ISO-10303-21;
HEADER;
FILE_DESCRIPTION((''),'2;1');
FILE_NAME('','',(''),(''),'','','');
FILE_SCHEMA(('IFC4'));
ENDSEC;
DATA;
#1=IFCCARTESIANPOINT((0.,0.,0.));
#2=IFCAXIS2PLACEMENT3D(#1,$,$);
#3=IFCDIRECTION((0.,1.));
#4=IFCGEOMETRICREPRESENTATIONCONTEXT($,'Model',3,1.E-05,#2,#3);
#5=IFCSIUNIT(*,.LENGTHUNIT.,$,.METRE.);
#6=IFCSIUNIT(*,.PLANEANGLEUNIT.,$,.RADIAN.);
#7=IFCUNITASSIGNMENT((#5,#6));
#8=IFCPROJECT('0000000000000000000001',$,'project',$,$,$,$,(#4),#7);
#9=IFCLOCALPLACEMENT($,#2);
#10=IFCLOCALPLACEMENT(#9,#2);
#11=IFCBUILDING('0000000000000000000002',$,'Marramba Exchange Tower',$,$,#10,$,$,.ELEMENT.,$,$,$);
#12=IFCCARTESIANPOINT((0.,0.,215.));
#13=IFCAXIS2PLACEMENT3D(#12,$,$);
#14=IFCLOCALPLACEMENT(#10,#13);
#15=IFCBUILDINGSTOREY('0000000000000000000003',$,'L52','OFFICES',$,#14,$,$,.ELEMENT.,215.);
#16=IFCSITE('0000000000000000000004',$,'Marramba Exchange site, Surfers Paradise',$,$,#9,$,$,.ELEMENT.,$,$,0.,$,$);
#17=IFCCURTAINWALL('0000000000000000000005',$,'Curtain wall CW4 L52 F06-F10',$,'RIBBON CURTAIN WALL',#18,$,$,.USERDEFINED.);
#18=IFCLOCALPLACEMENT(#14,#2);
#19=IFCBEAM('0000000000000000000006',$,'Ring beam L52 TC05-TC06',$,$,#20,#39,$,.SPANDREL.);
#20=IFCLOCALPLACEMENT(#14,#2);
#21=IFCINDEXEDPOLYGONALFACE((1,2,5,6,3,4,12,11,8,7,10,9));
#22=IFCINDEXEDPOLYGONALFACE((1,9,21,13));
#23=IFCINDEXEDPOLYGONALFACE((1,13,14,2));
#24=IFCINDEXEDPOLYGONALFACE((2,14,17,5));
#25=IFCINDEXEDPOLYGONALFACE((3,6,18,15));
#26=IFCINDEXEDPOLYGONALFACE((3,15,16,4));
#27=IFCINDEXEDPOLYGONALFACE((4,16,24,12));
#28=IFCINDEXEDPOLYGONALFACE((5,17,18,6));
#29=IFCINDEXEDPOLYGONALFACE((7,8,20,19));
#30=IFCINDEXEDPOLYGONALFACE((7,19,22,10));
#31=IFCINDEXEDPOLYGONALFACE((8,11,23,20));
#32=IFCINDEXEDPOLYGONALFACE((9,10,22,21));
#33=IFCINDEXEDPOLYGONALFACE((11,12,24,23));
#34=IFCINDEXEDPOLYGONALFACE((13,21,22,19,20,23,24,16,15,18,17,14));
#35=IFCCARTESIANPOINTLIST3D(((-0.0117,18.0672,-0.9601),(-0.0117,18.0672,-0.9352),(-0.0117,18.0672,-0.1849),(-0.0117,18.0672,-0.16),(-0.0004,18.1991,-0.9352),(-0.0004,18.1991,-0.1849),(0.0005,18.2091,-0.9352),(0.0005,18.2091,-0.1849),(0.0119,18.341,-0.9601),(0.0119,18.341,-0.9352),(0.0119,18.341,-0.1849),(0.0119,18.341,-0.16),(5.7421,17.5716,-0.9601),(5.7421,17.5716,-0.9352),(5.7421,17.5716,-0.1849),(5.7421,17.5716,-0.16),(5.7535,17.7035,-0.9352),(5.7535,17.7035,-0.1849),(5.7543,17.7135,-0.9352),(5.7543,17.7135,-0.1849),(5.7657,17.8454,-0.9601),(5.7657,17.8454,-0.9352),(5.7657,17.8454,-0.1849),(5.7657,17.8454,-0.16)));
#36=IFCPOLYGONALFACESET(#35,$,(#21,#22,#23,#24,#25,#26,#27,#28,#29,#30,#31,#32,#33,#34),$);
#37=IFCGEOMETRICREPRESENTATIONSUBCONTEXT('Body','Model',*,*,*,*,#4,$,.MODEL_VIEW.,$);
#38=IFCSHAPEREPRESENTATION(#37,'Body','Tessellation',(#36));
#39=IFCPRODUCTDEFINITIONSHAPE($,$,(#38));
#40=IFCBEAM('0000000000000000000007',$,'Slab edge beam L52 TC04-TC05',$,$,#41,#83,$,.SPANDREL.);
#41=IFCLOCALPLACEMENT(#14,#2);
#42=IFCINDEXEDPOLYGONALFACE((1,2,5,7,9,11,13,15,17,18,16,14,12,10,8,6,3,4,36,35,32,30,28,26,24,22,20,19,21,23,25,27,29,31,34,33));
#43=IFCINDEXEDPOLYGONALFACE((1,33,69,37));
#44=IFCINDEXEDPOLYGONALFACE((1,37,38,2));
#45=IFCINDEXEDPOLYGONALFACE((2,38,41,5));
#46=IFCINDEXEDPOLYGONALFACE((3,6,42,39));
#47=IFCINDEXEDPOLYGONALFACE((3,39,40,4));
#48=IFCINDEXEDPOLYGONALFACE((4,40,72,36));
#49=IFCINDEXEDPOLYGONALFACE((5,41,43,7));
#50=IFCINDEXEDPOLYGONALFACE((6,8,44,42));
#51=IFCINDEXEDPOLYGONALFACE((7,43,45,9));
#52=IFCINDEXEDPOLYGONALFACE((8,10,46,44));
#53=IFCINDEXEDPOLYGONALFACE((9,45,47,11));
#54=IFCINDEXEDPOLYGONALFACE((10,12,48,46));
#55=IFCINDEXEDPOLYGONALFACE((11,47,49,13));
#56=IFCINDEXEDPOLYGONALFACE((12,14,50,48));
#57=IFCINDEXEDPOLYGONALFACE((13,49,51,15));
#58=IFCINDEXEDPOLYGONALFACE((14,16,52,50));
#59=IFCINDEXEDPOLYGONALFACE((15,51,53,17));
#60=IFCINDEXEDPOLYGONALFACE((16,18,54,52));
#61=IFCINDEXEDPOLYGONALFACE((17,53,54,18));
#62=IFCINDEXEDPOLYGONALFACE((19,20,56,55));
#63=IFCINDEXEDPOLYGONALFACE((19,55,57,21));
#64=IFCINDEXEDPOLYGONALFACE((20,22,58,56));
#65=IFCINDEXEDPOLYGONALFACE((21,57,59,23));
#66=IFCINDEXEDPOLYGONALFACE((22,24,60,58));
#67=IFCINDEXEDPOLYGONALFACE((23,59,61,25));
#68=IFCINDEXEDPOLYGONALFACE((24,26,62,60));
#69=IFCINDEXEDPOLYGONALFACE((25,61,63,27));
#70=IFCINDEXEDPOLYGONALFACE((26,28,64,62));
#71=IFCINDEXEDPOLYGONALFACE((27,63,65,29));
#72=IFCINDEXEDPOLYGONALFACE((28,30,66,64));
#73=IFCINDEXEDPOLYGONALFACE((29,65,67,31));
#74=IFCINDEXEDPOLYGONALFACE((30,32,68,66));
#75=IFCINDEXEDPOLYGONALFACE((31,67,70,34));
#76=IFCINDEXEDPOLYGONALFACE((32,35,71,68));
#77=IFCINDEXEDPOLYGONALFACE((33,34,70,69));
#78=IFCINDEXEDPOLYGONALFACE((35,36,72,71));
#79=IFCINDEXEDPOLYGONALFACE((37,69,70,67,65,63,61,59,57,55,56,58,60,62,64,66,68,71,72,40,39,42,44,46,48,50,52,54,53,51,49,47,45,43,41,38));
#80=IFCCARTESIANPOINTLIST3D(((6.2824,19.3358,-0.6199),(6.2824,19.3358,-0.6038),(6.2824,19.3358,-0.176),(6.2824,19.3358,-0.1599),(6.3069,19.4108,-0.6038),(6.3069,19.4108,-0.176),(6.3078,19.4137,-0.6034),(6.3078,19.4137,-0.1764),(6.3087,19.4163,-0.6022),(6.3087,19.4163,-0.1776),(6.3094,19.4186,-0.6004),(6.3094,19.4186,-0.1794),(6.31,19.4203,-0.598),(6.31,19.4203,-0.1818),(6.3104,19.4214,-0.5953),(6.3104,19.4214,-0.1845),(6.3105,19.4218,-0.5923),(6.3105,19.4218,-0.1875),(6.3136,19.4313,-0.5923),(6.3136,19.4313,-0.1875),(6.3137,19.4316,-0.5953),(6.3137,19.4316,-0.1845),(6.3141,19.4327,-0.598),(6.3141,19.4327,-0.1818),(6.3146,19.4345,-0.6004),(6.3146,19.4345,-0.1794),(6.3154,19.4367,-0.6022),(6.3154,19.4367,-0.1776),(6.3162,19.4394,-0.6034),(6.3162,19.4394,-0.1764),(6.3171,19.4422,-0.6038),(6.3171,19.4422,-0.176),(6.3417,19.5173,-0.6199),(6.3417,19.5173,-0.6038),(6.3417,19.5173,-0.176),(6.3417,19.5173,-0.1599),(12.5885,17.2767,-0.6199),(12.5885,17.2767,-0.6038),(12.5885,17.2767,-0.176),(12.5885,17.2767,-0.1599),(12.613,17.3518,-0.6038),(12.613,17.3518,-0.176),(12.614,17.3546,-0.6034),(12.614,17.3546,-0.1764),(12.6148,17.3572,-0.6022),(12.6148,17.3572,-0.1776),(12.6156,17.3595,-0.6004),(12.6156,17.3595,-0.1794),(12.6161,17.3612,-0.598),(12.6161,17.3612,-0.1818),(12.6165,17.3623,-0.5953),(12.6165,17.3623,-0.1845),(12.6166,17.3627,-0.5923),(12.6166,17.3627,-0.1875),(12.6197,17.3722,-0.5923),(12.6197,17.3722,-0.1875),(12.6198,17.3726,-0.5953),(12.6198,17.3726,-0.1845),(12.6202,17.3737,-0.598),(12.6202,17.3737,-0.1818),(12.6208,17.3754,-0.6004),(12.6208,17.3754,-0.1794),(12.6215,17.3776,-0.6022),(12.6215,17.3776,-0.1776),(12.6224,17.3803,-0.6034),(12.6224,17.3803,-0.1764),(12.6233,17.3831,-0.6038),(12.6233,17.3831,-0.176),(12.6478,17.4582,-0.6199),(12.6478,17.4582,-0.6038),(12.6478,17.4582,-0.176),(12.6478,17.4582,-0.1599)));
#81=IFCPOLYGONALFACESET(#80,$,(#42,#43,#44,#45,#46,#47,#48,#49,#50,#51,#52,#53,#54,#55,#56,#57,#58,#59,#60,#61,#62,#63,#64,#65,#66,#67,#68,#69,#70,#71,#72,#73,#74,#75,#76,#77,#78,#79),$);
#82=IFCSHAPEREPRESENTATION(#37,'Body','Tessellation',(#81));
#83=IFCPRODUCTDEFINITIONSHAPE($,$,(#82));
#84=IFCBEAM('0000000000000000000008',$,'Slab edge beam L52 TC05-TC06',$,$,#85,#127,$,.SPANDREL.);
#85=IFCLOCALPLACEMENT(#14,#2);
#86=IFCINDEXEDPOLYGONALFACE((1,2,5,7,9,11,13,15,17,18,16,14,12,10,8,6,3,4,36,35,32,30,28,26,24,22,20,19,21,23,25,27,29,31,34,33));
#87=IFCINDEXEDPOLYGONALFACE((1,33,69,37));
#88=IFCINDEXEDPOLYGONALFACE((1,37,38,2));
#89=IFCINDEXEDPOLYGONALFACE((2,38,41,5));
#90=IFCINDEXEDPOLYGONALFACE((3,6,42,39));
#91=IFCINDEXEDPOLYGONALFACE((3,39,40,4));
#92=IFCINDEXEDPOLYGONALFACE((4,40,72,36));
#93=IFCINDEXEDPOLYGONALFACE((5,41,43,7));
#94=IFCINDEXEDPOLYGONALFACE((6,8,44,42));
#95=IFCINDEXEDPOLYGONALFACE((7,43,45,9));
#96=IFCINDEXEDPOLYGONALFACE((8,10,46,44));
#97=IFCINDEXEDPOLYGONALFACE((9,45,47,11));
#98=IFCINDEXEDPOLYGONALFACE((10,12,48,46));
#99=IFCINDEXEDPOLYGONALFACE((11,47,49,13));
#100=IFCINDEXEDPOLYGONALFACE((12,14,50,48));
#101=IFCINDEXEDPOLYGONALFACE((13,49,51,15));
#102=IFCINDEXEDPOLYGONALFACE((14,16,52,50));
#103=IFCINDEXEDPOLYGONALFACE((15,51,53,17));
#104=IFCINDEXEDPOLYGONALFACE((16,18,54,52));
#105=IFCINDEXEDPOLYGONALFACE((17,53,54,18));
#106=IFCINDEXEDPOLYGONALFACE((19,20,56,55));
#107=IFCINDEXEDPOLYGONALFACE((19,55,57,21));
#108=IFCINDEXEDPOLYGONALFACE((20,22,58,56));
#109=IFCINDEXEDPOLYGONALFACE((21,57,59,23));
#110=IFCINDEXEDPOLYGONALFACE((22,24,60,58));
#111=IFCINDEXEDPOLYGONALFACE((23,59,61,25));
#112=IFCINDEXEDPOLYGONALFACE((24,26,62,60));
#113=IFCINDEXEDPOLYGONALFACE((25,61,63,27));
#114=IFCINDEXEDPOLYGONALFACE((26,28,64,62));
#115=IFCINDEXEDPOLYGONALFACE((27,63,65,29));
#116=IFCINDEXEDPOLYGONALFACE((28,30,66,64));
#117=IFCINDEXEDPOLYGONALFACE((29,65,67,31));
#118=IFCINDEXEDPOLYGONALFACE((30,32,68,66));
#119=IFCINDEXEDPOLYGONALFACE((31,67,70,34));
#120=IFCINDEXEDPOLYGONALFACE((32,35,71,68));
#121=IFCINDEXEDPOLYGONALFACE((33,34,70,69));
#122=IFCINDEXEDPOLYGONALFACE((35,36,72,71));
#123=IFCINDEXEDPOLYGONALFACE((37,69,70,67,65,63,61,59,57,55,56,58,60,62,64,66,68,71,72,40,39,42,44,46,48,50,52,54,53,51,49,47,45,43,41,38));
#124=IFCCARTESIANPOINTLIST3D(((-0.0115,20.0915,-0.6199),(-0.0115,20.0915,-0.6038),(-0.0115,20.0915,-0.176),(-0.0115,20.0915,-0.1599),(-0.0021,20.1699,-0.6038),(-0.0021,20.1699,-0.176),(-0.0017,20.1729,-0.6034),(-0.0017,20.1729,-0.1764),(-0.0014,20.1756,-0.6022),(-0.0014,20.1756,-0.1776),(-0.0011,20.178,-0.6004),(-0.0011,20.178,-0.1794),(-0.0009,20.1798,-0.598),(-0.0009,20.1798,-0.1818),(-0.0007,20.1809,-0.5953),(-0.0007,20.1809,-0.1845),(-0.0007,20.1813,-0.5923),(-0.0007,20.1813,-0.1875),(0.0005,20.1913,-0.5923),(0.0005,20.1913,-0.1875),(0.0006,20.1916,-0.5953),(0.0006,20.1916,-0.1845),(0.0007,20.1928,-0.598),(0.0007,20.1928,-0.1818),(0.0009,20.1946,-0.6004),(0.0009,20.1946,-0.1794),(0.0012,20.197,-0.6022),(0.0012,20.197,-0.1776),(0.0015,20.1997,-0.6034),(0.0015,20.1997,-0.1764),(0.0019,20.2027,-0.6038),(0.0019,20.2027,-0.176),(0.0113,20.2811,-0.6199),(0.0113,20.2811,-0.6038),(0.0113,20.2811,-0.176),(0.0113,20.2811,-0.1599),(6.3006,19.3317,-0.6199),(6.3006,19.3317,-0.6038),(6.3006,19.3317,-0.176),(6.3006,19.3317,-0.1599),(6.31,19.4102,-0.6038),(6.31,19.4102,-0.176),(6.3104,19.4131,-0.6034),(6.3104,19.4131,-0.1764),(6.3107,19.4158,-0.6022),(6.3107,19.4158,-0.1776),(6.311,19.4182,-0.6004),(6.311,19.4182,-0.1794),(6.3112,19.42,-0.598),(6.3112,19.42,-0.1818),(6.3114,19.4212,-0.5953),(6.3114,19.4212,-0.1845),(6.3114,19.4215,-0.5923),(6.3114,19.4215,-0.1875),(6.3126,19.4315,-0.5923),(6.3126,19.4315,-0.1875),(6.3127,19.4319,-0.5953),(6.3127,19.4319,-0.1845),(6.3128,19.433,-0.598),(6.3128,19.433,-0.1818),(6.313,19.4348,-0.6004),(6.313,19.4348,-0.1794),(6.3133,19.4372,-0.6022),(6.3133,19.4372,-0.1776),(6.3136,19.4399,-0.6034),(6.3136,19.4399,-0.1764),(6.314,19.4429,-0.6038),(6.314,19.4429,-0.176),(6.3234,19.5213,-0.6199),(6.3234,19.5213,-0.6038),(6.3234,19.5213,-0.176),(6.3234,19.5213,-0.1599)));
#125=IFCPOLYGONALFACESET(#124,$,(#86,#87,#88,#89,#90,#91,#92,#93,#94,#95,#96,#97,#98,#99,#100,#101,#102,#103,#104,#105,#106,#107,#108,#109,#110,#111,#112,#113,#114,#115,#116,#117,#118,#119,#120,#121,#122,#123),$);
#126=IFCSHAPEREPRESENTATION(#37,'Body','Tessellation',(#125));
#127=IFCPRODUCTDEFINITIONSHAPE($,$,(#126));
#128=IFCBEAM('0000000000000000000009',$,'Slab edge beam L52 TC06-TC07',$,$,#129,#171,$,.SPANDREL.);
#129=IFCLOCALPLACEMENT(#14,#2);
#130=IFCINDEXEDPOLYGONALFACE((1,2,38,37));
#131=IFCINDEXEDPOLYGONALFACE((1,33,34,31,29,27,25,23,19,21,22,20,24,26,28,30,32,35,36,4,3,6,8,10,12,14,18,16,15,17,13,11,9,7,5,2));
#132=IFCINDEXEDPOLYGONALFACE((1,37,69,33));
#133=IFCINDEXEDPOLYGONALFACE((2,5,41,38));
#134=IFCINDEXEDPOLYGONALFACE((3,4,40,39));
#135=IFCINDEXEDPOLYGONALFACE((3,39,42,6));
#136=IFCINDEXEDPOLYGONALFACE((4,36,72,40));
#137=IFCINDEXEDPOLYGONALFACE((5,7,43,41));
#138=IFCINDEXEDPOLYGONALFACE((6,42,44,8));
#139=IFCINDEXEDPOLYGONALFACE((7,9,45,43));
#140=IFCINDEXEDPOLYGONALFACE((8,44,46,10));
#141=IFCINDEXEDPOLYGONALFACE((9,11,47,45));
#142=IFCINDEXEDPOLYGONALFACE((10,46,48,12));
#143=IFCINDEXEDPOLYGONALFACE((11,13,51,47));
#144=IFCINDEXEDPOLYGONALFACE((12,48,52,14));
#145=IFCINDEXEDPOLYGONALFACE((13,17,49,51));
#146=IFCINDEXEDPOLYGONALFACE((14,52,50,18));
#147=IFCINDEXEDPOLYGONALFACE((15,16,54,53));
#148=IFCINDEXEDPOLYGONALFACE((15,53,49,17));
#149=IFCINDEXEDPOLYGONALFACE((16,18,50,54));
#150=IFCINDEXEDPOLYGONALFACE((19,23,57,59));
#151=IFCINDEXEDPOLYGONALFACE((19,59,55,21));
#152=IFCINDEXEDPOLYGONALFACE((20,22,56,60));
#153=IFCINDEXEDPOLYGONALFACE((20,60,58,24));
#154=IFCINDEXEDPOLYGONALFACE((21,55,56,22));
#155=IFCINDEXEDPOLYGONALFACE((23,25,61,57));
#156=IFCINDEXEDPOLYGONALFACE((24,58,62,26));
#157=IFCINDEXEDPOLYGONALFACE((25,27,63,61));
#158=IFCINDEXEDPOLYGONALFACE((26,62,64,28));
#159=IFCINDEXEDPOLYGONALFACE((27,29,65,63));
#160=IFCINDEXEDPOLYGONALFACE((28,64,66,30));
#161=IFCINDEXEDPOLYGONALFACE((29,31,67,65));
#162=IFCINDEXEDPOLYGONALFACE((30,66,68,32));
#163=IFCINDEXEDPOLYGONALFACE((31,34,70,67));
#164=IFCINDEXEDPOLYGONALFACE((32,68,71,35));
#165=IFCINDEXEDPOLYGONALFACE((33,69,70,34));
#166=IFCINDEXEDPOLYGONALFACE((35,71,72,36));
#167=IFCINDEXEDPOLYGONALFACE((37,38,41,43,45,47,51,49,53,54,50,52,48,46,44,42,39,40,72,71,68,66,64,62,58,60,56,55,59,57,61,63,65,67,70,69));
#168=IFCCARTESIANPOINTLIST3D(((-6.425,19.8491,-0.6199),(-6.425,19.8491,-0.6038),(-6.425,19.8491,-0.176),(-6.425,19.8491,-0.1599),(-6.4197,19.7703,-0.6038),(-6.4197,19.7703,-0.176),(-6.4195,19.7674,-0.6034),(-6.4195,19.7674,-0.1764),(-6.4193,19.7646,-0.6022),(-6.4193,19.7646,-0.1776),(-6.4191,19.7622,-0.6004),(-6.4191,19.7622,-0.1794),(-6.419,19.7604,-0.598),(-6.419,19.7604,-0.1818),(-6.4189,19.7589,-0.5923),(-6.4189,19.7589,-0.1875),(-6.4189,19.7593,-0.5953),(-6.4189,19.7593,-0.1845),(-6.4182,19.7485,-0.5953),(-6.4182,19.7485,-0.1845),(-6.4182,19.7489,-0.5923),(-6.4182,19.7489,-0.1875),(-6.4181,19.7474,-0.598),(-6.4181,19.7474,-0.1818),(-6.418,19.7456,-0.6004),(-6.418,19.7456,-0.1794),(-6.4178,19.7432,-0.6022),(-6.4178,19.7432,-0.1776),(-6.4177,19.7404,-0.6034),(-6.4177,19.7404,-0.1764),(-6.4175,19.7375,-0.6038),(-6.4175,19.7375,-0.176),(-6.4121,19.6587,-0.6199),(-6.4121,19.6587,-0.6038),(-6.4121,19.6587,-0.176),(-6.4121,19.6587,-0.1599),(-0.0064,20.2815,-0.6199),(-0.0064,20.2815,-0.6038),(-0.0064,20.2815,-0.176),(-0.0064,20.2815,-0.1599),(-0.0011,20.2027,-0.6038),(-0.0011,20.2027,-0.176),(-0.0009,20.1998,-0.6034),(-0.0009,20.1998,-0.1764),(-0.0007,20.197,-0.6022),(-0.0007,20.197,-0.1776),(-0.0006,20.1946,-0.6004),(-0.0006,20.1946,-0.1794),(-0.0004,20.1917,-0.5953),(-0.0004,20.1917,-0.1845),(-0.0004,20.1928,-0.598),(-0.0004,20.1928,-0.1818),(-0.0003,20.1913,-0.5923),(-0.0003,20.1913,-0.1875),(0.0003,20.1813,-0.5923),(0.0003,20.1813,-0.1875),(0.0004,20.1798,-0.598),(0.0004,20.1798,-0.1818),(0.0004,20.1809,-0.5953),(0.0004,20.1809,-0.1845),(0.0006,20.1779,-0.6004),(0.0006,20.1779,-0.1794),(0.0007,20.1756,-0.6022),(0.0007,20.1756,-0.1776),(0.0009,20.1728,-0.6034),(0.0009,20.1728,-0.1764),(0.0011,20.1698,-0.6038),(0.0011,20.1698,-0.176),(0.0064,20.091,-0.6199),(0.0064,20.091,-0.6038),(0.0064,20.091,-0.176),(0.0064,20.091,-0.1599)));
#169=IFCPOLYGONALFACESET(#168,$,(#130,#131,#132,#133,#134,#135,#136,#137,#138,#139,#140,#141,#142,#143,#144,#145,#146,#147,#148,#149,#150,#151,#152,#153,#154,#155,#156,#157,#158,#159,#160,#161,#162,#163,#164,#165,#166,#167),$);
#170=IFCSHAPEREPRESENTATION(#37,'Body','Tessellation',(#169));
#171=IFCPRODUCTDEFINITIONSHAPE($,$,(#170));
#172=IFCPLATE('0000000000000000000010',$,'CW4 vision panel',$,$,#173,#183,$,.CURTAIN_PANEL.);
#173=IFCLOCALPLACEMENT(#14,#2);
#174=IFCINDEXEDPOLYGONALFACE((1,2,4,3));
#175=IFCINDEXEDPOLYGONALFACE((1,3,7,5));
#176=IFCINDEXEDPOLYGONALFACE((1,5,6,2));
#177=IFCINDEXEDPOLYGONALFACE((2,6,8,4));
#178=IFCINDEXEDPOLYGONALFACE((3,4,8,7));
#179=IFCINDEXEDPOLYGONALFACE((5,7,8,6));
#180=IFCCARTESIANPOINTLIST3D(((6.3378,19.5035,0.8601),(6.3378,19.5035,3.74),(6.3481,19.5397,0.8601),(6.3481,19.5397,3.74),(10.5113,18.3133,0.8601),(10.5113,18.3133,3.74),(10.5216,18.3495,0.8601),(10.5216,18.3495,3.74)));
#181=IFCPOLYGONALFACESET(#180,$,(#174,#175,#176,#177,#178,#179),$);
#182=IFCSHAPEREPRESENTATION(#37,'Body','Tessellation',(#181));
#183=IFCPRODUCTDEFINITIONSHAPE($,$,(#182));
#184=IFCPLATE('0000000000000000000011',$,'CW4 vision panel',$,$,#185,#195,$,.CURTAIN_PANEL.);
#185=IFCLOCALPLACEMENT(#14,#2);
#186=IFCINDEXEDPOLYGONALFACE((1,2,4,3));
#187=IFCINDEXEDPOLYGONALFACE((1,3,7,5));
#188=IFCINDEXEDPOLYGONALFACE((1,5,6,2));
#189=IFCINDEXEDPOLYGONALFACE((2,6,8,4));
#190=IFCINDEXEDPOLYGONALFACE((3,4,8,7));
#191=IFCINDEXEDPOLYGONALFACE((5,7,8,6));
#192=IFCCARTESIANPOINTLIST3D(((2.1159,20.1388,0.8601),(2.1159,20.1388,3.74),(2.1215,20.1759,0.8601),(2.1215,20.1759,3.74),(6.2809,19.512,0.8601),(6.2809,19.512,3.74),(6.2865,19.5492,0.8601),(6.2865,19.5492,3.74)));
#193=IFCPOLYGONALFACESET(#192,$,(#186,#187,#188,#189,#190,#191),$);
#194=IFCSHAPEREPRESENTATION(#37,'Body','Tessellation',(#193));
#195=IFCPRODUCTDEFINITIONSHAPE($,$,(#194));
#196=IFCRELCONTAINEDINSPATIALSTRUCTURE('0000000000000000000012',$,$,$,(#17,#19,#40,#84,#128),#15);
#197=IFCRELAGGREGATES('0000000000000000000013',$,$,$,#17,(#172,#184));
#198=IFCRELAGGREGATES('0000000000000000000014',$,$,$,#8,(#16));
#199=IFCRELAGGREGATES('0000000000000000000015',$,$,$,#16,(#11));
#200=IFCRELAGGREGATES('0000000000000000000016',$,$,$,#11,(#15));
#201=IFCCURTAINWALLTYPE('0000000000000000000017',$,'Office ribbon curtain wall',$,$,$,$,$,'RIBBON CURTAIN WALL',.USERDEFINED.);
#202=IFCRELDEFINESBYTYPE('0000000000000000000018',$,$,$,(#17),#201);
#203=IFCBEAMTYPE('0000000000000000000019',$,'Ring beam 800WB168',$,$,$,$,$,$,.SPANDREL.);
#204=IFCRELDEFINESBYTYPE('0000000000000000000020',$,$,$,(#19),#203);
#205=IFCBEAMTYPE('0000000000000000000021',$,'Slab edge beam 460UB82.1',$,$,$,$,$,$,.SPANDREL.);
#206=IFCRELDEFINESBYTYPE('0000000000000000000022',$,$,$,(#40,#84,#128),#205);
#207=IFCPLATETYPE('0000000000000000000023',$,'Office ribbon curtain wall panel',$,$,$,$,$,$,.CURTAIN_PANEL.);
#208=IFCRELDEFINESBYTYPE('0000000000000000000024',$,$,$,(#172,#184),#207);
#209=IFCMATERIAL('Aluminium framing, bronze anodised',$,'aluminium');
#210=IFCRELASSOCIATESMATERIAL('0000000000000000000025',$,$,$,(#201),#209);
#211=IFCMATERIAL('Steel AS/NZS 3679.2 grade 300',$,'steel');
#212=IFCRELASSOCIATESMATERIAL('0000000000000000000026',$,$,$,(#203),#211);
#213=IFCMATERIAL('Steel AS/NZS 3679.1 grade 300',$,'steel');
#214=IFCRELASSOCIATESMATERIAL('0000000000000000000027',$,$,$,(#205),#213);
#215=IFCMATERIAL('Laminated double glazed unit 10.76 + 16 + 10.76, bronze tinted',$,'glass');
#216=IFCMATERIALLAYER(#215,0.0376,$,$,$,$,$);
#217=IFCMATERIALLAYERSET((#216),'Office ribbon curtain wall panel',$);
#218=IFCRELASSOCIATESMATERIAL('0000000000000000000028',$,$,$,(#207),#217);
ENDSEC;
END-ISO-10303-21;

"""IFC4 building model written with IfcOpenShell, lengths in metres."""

from ifc_helpers import new_model, si_unit, direction, frame, origin, origin_2d, place, context, subcontext, project, spatial, rectangle, i_section, extrude, material, layer, layer_set, material_profile, profile_set, type_object, element, aggregate, save


model = new_model("IFC4")

# Units and contexts
model_context = context("Model", 3, precision=1e-05, world=origin(), true_north=direction((0.0, 1.0)))
body_context = subcontext(model_context, "Body", "Model", "MODEL_VIEW")
ifc_project = project(units=[si_unit("LENGTHUNIT", "METRE"), si_unit("PLANEANGLEUNIT", "RADIAN")], contexts=[model_context])

# Site, building, storey
site_placement = place(None, origin())
site = spatial("IfcSite", under=ifc_project, at=site_placement, Name="Marramba Exchange site, Surfers Paradise", CompositionType="ELEMENT", RefElevation=0.0)
building_placement = place(site_placement, origin())
building = spatial("IfcBuilding", under=site, at=building_placement, Name="Marramba Exchange Tower", CompositionType="ELEMENT")
storey_placement = place(building_placement, frame((0.0, 0.0, 215.0)))
storey = spatial("IfcBuildingStorey", under=building, at=storey_placement, Name="L52", Description="OFFICES", CompositionType="ELEMENT", Elevation=215.0)

# Shared definitions
ifc_material_1 = material(Name="Steel AS/NZS 3679.2 grade 300", Category="steel")

# Curtain wall
ifc_material_2 = material(Name="Aluminium framing, bronze anodised", Category="aluminium")
curtain_wall_type = type_object("IfcCurtainWallType", Name="Office ribbon curtain wall", ElementType="RIBBON CURTAIN WALL", PredefinedType="USERDEFINED", material=ifc_material_2)
curtain_wall_placement = place(storey_placement, origin())
curtain_wall = element("IfcCurtainWall", 1, at=curtain_wall_placement, inside=storey, type_object=curtain_wall_type, Name="Curtain wall CW4 L52 F06-F10", ObjectType="RIBBON CURTAIN WALL", PredefinedType="USERDEFINED")

# Beams
ifc_material_profile_1 = material_profile(ifc_material_1, i_section(OverallWidth=0.2749, OverallDepth=0.8, WebThickness=0.01, FlangeThickness=0.0249, at=origin_2d()), Name="800WB168")
ifc_profile_set_1 = profile_set([ifc_material_profile_1], Name="Steel AS/NZS 3679.2 grade 300")
beam_type_1 = type_object("IfcBeamType", Name="Ring beam 800WB168", PredefinedType="SPANDREL", material=ifc_profile_set_1)
beam_1_placement = place(storey_placement, frame((5.7539, 17.7085, -0.5601), z_axis=(-0.996311, 0.085816, 0.0), x_axis=(-0.085816, -0.996311, 0.0)))
element("IfcBeam", 2, at=beam_1_placement, inside=storey, type_object=beam_type_1, Name="Ring beam L52 TC05-TC06", PredefinedType="SPANDREL", context=body_context, shape_type="SweptSolid", body=[
    extrude(i_section(OverallWidth=0.2749, OverallDepth=0.8, WebThickness=0.01, FlangeThickness=0.0249, at=origin_2d()), origin(), (0.0, 0.0, 1.0), 5.7751),
])
ifc_material_3 = material(Name="Steel AS/NZS 3679.1 grade 300", Category="steel")
ifc_material_profile_2 = material_profile(ifc_material_3, i_section(OverallWidth=0.1909, OverallDepth=0.46, WebThickness=0.01, FlangeThickness=0.0161, FilletRadius=0.0115, at=origin_2d()), Name="460UB82.1")
ifc_profile_set_2 = profile_set([ifc_material_profile_2], Name="Steel AS/NZS 3679.1 grade 300")
beam_type_2 = type_object("IfcBeamType", Name="Slab edge beam 460UB82.1", PredefinedType="SPANDREL", material=ifc_profile_set_2)
beam_2_placement = place(storey_placement, frame((12.6182, 17.3674, -0.3899), z_axis=(-0.950609, 0.310392, 0.0), x_axis=(-0.310392, -0.950609, 0.0)))
element("IfcBeam", 3, at=beam_2_placement, inside=storey, type_object=beam_type_2, Name="Slab edge beam L52 TC04-TC05", PredefinedType="SPANDREL", context=body_context, shape_type="SweptSolid", body=[
    extrude(i_section(OverallWidth=0.1909, OverallDepth=0.46, WebThickness=0.01, FlangeThickness=0.0161, FilletRadius=0.0115, at=origin_2d()), origin(), (0.0, 0.0, 1.0), 6.6338),
])
beam_3_placement = place(storey_placement, frame((6.312, 19.4265, -0.3899), z_axis=(-0.992834, 0.119506, 0.0), x_axis=(-0.119506, -0.992834, 0.0)))
element("IfcBeam", 4, at=beam_3_placement, inside=storey, type_object=beam_type_2, Name="Slab edge beam L52 TC05-TC06", PredefinedType="SPANDREL", context=body_context, shape_type="SweptSolid", body=[
    extrude(i_section(OverallWidth=0.1909, OverallDepth=0.46, WebThickness=0.01, FlangeThickness=0.0161, FilletRadius=0.0115, at=origin_2d()), origin(), (0.0, 0.0, 1.0), 6.3577),
])
beam_4_placement = place(storey_placement, frame((0.0, 20.1863, -0.3899), z_axis=(-0.997739, -0.067212, 0.0), x_axis=(0.067212, -0.997739, 0.0)))
element("IfcBeam", 5, at=beam_4_placement, inside=storey, type_object=beam_type_2, Name="Slab edge beam L52 TC06-TC07", PredefinedType="SPANDREL", context=body_context, shape_type="SweptSolid", body=[
    extrude(i_section(OverallWidth=0.1909, OverallDepth=0.46, WebThickness=0.01, FlangeThickness=0.0161, FilletRadius=0.0115, at=origin_2d()), origin(), (0.0, 0.0, 1.0), 6.4331),
])

# Plates
ifc_material_4 = material(Name="Laminated double glazed unit 10.76 + 16 + 10.76, bronze tinted", Category="glass")
ifc_layer_1 = layer(ifc_material_4, 0.0376)
ifc_layer_set_1 = layer_set([ifc_layer_1], Name="Office ribbon curtain wall panel")
plate_type = type_object("IfcPlateType", Name="Office ribbon curtain wall panel", PredefinedType="CURTAIN_PANEL", material=ifc_layer_set_1)
plate_1_placement = place(storey_placement, frame((8.4297, 18.9265, 0.8601), z_axis=(0.0, 0.0, 1.0), x_axis=(-0.961659, 0.274248, 0.0)))
plate_1 = element("IfcPlate", 6, at=plate_1_placement, type_object=plate_type, Name="CW4 vision panel", PredefinedType="CURTAIN_PANEL", context=body_context, shape_type="SweptSolid", body=[
    extrude(rectangle(XDim=4.3398, YDim=0.0376, at=origin_2d()), origin(), (0.0, 0.0, 1.0), 2.8799),
])
plate_2_placement = place(storey_placement, frame((4.2012, 19.844, 0.8601), z_axis=(0.0, 0.0, 1.0), x_axis=(-0.988868, 0.148795, 0.0)))
plate_2 = element("IfcPlate", 7, at=plate_2_placement, type_object=plate_type, Name="CW4 vision panel", PredefinedType="CURTAIN_PANEL", context=body_context, shape_type="SweptSolid", body=[
    extrude(rectangle(XDim=4.2119, YDim=0.0376, at=origin_2d()), origin(), (0.0, 0.0, 1.0), 2.8799),
])
aggregate(curtain_wall, [plate_1, plate_2])

save(model, "model.ifc")
